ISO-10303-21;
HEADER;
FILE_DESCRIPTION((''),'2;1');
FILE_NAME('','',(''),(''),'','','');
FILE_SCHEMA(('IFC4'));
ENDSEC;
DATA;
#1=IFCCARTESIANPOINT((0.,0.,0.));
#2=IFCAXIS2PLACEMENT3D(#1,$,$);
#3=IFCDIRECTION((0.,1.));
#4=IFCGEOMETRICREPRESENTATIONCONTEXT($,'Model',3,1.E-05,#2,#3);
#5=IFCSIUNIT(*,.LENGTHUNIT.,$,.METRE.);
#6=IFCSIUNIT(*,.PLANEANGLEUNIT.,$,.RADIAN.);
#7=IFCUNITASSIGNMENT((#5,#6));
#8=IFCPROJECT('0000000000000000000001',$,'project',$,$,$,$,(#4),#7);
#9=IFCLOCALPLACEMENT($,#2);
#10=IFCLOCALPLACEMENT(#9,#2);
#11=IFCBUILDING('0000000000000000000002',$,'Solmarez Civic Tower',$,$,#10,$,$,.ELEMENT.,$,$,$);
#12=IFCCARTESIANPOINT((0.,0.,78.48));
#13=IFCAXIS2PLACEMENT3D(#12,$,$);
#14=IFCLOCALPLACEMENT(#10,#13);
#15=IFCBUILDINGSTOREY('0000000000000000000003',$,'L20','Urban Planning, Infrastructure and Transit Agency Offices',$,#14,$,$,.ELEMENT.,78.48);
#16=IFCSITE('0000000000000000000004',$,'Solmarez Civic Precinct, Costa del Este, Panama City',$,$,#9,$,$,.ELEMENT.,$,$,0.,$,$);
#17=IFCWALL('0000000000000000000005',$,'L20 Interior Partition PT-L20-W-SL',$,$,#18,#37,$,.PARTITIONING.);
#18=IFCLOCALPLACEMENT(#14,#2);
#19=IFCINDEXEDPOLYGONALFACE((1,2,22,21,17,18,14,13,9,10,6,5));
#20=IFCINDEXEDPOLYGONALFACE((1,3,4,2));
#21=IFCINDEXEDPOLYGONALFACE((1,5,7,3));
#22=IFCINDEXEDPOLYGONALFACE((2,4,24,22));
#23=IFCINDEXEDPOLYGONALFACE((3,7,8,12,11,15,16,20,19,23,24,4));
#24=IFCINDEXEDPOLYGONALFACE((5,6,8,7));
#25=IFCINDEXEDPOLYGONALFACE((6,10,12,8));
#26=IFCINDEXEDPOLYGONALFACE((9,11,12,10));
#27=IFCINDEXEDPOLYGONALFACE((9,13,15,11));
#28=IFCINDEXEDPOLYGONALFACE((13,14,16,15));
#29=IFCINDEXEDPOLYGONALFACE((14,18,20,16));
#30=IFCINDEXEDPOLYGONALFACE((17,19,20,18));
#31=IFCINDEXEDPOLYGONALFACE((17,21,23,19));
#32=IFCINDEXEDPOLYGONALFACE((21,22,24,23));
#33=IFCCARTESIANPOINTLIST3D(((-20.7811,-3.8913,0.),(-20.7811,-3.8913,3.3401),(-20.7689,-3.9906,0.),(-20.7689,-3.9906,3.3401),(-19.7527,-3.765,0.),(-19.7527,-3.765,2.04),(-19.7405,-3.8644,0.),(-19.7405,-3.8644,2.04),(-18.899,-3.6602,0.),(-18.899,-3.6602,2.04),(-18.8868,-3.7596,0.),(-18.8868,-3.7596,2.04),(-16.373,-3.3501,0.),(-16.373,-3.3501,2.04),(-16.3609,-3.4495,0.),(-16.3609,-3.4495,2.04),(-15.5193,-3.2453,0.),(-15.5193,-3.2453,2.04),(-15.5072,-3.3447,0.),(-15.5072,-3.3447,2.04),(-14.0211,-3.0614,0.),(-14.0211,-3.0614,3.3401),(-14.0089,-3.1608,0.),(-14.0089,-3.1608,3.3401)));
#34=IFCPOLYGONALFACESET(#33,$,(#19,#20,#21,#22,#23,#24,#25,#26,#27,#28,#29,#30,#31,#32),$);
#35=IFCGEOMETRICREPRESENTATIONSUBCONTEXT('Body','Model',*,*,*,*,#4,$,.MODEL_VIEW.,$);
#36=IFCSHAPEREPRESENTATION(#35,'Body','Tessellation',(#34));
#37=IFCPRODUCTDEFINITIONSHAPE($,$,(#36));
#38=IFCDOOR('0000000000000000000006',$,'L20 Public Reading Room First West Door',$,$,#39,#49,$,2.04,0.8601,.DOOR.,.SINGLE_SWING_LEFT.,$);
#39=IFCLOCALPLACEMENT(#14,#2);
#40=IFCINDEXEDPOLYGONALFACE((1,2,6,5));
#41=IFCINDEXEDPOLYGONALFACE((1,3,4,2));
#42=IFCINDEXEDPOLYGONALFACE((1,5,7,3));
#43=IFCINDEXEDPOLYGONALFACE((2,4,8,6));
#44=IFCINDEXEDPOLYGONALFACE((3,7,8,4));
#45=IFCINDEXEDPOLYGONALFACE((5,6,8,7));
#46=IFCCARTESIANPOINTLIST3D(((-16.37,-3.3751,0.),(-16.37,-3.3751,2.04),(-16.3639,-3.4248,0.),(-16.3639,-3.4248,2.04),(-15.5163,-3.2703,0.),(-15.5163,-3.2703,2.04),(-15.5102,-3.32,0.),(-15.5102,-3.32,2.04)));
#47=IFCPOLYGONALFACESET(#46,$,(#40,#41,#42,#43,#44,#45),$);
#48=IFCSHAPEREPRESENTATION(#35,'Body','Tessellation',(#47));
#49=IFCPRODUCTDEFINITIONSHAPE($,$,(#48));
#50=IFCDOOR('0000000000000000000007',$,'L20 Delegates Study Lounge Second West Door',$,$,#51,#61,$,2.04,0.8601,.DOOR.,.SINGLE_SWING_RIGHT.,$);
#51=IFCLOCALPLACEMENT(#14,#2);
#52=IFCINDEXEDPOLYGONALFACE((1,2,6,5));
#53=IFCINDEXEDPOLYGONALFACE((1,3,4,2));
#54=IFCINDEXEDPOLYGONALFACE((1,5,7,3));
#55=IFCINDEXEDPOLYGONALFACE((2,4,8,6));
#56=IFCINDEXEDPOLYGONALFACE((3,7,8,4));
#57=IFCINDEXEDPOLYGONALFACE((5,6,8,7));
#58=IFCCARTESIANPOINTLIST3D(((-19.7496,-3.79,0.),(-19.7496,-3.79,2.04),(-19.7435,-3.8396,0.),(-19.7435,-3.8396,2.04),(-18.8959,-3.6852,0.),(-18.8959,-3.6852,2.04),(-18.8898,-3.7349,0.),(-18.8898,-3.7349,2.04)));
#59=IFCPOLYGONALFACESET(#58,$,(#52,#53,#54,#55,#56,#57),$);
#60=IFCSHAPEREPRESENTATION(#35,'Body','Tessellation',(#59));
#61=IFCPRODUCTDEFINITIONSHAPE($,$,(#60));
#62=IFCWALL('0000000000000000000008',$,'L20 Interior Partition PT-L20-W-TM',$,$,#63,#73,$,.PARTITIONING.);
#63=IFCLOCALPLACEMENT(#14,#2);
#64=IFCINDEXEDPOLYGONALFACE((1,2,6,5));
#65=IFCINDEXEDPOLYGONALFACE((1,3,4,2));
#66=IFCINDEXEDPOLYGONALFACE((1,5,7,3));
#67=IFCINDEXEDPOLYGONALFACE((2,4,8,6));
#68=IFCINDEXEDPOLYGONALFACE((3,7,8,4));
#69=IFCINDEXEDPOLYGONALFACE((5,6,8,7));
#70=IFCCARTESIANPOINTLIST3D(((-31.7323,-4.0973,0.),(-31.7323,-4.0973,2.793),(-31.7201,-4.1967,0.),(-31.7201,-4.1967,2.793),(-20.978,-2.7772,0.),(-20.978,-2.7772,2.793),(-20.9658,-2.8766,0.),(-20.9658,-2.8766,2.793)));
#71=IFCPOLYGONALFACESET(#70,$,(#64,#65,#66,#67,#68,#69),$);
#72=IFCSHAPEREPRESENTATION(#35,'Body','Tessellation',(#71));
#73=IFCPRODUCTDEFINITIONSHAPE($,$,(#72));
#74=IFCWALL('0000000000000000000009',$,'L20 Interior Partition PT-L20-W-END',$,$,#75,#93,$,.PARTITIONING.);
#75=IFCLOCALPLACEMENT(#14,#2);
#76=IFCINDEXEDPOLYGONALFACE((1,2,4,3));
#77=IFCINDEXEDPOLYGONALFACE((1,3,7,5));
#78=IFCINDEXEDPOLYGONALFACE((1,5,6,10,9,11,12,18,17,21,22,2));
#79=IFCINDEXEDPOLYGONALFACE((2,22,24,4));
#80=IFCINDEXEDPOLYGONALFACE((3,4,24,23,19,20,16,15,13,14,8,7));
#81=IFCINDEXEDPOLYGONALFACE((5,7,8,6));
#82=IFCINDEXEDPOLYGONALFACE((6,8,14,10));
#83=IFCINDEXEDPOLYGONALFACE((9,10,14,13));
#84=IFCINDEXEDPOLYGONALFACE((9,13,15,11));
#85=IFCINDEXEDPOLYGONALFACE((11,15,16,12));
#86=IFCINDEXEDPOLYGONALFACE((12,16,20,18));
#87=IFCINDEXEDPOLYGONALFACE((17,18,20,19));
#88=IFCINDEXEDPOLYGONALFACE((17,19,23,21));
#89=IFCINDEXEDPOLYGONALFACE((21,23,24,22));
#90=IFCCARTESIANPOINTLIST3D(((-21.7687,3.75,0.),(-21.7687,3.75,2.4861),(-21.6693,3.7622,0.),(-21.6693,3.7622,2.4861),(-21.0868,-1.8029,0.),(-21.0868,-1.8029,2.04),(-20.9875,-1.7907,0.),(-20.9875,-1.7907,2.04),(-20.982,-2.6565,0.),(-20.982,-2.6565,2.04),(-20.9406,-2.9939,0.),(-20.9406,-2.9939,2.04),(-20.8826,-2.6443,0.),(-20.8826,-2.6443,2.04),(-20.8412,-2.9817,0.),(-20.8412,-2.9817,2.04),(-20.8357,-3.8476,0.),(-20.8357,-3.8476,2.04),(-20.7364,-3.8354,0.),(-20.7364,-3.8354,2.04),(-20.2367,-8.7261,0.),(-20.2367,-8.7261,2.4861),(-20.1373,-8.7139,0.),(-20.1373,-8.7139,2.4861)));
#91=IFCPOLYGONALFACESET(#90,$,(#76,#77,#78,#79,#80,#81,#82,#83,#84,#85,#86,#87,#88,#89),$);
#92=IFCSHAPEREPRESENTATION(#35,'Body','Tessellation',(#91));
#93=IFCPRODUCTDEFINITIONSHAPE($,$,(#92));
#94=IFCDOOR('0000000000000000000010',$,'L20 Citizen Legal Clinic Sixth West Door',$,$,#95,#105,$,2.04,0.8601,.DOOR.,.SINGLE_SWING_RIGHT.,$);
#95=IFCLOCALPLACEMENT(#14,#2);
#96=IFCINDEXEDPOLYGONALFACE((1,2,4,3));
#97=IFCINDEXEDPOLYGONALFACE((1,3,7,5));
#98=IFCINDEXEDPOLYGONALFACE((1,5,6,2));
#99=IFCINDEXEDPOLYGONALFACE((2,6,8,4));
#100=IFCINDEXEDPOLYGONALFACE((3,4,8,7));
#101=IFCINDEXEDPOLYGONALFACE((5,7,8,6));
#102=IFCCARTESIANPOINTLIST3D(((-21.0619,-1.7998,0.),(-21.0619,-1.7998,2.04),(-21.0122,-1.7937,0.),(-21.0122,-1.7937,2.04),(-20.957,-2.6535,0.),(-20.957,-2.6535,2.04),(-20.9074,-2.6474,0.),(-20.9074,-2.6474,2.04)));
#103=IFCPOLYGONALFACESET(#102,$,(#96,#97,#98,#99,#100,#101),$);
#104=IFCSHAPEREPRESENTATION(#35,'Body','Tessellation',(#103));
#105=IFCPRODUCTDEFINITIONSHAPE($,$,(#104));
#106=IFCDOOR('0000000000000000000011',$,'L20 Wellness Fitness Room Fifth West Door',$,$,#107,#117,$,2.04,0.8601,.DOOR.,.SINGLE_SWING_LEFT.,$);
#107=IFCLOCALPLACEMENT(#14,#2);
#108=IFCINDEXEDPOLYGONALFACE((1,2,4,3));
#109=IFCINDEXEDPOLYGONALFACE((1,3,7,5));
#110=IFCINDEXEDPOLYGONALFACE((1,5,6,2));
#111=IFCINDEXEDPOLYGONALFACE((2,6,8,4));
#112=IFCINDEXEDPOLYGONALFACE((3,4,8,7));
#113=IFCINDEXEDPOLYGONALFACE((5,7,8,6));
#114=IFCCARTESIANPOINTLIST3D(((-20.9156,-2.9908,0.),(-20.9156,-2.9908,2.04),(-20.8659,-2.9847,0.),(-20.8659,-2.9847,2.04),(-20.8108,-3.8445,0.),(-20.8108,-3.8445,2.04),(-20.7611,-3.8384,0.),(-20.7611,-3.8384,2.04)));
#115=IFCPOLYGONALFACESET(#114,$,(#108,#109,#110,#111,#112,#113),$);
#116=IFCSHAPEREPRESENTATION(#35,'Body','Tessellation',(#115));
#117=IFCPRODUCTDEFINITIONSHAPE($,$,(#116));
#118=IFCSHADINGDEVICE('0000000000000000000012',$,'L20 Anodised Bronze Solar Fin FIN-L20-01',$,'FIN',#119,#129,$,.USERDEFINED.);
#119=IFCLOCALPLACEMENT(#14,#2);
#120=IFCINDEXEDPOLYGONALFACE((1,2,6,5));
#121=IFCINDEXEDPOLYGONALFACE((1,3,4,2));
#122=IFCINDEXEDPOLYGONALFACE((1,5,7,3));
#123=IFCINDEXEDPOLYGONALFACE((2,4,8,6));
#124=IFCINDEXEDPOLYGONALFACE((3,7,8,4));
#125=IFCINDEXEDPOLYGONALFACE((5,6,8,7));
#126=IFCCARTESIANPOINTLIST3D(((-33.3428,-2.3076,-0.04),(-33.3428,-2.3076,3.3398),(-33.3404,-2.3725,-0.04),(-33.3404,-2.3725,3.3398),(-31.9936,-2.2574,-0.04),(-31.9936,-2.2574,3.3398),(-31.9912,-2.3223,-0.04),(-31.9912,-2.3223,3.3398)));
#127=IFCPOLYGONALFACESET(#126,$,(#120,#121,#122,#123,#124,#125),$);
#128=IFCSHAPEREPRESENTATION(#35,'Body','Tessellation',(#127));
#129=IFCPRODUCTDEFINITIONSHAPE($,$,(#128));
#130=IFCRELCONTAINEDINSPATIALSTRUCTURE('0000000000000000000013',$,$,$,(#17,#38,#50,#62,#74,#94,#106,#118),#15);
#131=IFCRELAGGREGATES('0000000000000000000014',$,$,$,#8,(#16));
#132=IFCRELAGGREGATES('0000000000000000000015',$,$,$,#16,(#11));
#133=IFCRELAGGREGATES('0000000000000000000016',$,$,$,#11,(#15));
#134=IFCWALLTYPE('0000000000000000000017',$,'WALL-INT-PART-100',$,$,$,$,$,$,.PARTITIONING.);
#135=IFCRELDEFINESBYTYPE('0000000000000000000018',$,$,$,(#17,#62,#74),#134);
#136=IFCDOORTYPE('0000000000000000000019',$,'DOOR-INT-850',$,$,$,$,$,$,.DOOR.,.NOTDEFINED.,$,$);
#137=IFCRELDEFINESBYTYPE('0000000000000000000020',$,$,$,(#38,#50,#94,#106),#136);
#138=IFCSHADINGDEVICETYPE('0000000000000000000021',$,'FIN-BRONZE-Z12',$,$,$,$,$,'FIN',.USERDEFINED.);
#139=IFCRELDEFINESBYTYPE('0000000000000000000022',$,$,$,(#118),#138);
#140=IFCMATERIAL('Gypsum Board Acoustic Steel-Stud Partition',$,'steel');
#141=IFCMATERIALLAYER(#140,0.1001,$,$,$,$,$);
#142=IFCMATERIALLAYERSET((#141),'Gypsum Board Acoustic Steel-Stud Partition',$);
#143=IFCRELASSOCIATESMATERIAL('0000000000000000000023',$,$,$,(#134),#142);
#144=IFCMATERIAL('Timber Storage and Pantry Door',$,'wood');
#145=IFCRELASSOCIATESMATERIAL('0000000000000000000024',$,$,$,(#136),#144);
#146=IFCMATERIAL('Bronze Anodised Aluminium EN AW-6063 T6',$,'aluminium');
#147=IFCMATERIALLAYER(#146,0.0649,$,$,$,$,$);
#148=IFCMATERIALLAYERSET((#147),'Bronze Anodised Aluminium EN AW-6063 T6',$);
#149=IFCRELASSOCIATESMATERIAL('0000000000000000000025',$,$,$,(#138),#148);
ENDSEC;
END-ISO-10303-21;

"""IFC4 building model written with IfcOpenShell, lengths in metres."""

from ifc_helpers import new_model, si_unit, direction, frame, frame_2d, origin, origin_2d, place, context, subcontext, project, spatial, rectangle, extrude, material, layer, layer_set, type_object, element, fill, save


model = new_model("IFC4")

# Units and contexts
model_context = context("Model", 3, precision=1e-05, world=origin(), true_north=direction((0.0, 1.0)))
body_context = subcontext(model_context, "Body", "Model", "MODEL_VIEW")
ifc_project = project(units=[si_unit("LENGTHUNIT", "METRE"), si_unit("PLANEANGLEUNIT", "RADIAN")], contexts=[model_context])

# Site, building, storey
site_placement = place(None, origin())
site = spatial("IfcSite", under=ifc_project, at=site_placement, Name="Solmarez Civic Precinct, Costa del Este, Panama City", CompositionType="ELEMENT", RefElevation=0.0)
building_placement = place(site_placement, origin())
building = spatial("IfcBuilding", under=site, at=building_placement, Name="Solmarez Civic Tower", CompositionType="ELEMENT")
storey_placement = place(building_placement, frame((0.0, 0.0, 78.48)))
storey = spatial("IfcBuildingStorey", under=building, at=storey_placement, Name="L20", Description="Urban Planning, Infrastructure and Transit Agency Offices", CompositionType="ELEMENT", Elevation=78.48)

# Shared definitions
ifc_material_1 = material(Name="Gypsum Board Acoustic Steel-Stud Partition", Category="steel")
ifc_layer_1 = layer(ifc_material_1, 0.1001)
ifc_layer_set_1 = layer_set([ifc_layer_1], Name="Gypsum Board Acoustic Steel-Stud Partition")
wall_type_1 = type_object("IfcWallType", Name="WALL-INT-PART-100", PredefinedType="PARTITIONING", material=ifc_layer_set_1)

# Wall, openings, doors
wall_1_placement = place(storey_placement, frame((-20.7749, -3.9409, 0.0), z_axis=(0.0, 0.0, 1.0), x_axis=(0.99255, 0.121842, 0.0)))
wall_1 = element("IfcWall", 1, at=wall_1_placement, inside=storey, type_object=wall_type_1, Name="L20 Interior Partition PT-L20-W-SL", PredefinedType="PARTITIONING", context=body_context, shape_type="SweptSolid", body=[
    extrude(rectangle(XDim=6.8108, YDim=0.1001, at=frame_2d((3.4053, 0.0))), origin(), (0.0, 0.0, 1.0), 3.3401),
])
opening_1_placement = place(wall_1_placement, frame((4.4409, 0.0, 0.0)))
opening_1 = element("IfcOpeningElement", 2, at=opening_1_placement, cuts=wall_1, PredefinedType="OPENING", context=body_context, shape_type="SweptSolid", body=[
    extrude(rectangle(XDim=0.8601, YDim=2.04, at=frame_2d((0.4302, 1.02))), frame((0.0, 0.0601, 0.0), z_axis=(0.0, -1.0, 0.0), x_axis=(1.0, 0.0, 0.0)), (0.0, 0.0, 1.0), 0.1201),
])
opening_2_placement = place(wall_1_placement, frame((1.0359, 0.0, 0.0)))
opening_2 = element("IfcOpeningElement", 3, at=opening_2_placement, cuts=wall_1, PredefinedType="OPENING", context=body_context, shape_type="SweptSolid", body=[
    extrude(rectangle(XDim=0.8601, YDim=2.04, at=frame_2d((0.4302, 1.02))), frame((0.0, 0.0601, 0.0), z_axis=(0.0, -1.0, 0.0), x_axis=(1.0, 0.0, 0.0)), (0.0, 0.0, 1.0), 0.1201),
])
ifc_material_2 = material(Name="Timber Storage and Pantry Door", Category="wood")
door_type = type_object("IfcDoorType", Name="DOOR-INT-850", OperationType="NOTDEFINED", PredefinedType="DOOR", material=ifc_material_2)
door_1_placement = place(opening_1_placement, origin())
door_1 = element("IfcDoor", 4, at=door_1_placement, inside=storey, type_object=door_type, Name="L20 Public Reading Room First West Door", OperationType="SINGLE_SWING_LEFT", OverallHeight=2.04, OverallWidth=0.8601, PredefinedType="DOOR", context=body_context, shape_type="SweptSolid", body=[
    extrude(rectangle(XDim=0.8601, YDim=2.04, at=frame_2d((0.4302, 1.02))), frame((0.0, 0.0249, 0.0), z_axis=(0.0, -1.0, 0.0), x_axis=(1.0, 0.0, 0.0)), (0.0, 0.0, 1.0), 0.05),
])
fill(opening_1, door_1)
door_2_placement = place(opening_2_placement, origin())
door_2 = element("IfcDoor", 5, at=door_2_placement, inside=storey, type_object=door_type, Name="L20 Delegates Study Lounge Second West Door", OperationType="SINGLE_SWING_RIGHT", OverallHeight=2.04, OverallWidth=0.8601, PredefinedType="DOOR", context=body_context, shape_type="SweptSolid", body=[
    extrude(rectangle(XDim=0.8601, YDim=2.04, at=frame_2d((0.4302, 1.02))), frame((0.0, 0.0249, 0.0), z_axis=(0.0, -1.0, 0.0), x_axis=(1.0, 0.0, 0.0)), (0.0, 0.0, 1.0), 0.05),
])
fill(opening_2, door_2)

# Wall
wall_2_placement = place(storey_placement, frame((-20.9719, -2.8269, 0.0), z_axis=(0.0, 0.0, 1.0), x_axis=(-0.99255, -0.121835, 0.0)))
element("IfcWall", 6, at=wall_2_placement, inside=storey, type_object=wall_type_1, Name="L20 Interior Partition PT-L20-W-TM", PredefinedType="PARTITIONING", context=body_context, shape_type="SweptSolid", body=[
    extrude(rectangle(XDim=10.835, YDim=0.1001, at=frame_2d((5.4175, 0.0))), origin(), (0.0, 0.0, 1.0), 2.793),
])

# Wall, openings, doors
wall_3_placement = place(storey_placement, frame((-20.187, -8.72, 0.0), z_axis=(0.0, 0.0, 1.0), x_axis=(-0.121878, 0.992545, 0.0)))
wall_3 = element("IfcWall", 7, at=wall_3_placement, inside=storey, type_object=wall_type_1, Name="L20 Interior Partition PT-L20-W-END", PredefinedType="PARTITIONING", context=body_context, shape_type="SweptSolid", body=[
    extrude(rectangle(XDim=12.5698, YDim=0.1001, at=frame_2d((6.2849, 0.0))), origin(), (0.0, 0.0, 1.0), 2.4861),
])
opening_3_placement = place(wall_3_placement, frame((6.115, 0.0, 0.0)))
opening_3 = element("IfcOpeningElement", 8, at=opening_3_placement, cuts=wall_3, PredefinedType="OPENING", context=body_context, shape_type="SweptSolid", body=[
    extrude(rectangle(XDim=0.8601, YDim=2.04, at=frame_2d((0.4302, 1.02))), frame((0.0, 0.0601, 0.0), z_axis=(0.0, -1.0, 0.0), x_axis=(1.0, 0.0, 0.0)), (0.0, 0.0, 1.0), 0.1201),
])
opening_4_placement = place(wall_3_placement, frame((4.915, 0.0, 0.0)))
opening_4 = element("IfcOpeningElement", 9, at=opening_4_placement, cuts=wall_3, PredefinedType="OPENING", context=body_context, shape_type="SweptSolid", body=[
    extrude(rectangle(XDim=0.8601, YDim=2.04, at=frame_2d((0.4302, 1.02))), frame((0.0, 0.0601, 0.0), z_axis=(0.0, -1.0, 0.0), x_axis=(1.0, 0.0, 0.0)), (0.0, 0.0, 1.0), 0.1201),
])
door_3_placement = place(opening_3_placement, origin())
door_3 = element("IfcDoor", 10, at=door_3_placement, inside=storey, type_object=door_type, Name="L20 Citizen Legal Clinic Sixth West Door", OperationType="SINGLE_SWING_RIGHT", OverallHeight=2.04, OverallWidth=0.8601, PredefinedType="DOOR", context=body_context, shape_type="SweptSolid", body=[
    extrude(rectangle(XDim=0.8601, YDim=2.04, at=frame_2d((0.4302, 1.02))), frame((0.0, 0.0249, 0.0), z_axis=(0.0, -1.0, 0.0), x_axis=(1.0, 0.0, 0.0)), (0.0, 0.0, 1.0), 0.05),
])
fill(opening_3, door_3)
door_4_placement = place(opening_4_placement, origin())
door_4 = element("IfcDoor", 11, at=door_4_placement, inside=storey, type_object=door_type, Name="L20 Wellness Fitness Room Fifth West Door", OperationType="SINGLE_SWING_LEFT", OverallHeight=2.04, OverallWidth=0.8601, PredefinedType="DOOR", context=body_context, shape_type="SweptSolid", body=[
    extrude(rectangle(XDim=0.8601, YDim=2.04, at=frame_2d((0.4302, 1.02))), frame((0.0, 0.0249, 0.0), z_axis=(0.0, -1.0, 0.0), x_axis=(1.0, 0.0, 0.0)), (0.0, 0.0, 1.0), 0.05),
])
fill(opening_4, door_4)

# Shading device
ifc_material_3 = material(Name="Bronze Anodised Aluminium EN AW-6063 T6", Category="aluminium")
ifc_layer_2 = layer(ifc_material_3, 0.0649)
ifc_layer_set_2 = layer_set([ifc_layer_2], Name="Bronze Anodised Aluminium EN AW-6063 T6")
shading_device_type = type_object("IfcShadingDeviceType", Name="FIN-BRONZE-Z12", ElementType="FIN", PredefinedType="USERDEFINED", material=ifc_layer_set_2)
shading_device_placement = place(storey_placement, frame((-32.667, -2.3149, -0.04), z_axis=(0.0, 0.0, 1.0), x_axis=(-0.99931, -0.037132, 0.0)))
element("IfcShadingDevice", 12, at=shading_device_placement, inside=storey, type_object=shading_device_type, Name="L20 Anodised Bronze Solar Fin FIN-L20-01", ObjectType="FIN", PredefinedType="USERDEFINED", context=body_context, shape_type="SweptSolid", body=[
    extrude(rectangle(XDim=1.3501, YDim=0.0649, at=origin_2d()), origin(), (0.0, 0.0, 1.0), 3.3799),
])

save(model, "model.ifc")
